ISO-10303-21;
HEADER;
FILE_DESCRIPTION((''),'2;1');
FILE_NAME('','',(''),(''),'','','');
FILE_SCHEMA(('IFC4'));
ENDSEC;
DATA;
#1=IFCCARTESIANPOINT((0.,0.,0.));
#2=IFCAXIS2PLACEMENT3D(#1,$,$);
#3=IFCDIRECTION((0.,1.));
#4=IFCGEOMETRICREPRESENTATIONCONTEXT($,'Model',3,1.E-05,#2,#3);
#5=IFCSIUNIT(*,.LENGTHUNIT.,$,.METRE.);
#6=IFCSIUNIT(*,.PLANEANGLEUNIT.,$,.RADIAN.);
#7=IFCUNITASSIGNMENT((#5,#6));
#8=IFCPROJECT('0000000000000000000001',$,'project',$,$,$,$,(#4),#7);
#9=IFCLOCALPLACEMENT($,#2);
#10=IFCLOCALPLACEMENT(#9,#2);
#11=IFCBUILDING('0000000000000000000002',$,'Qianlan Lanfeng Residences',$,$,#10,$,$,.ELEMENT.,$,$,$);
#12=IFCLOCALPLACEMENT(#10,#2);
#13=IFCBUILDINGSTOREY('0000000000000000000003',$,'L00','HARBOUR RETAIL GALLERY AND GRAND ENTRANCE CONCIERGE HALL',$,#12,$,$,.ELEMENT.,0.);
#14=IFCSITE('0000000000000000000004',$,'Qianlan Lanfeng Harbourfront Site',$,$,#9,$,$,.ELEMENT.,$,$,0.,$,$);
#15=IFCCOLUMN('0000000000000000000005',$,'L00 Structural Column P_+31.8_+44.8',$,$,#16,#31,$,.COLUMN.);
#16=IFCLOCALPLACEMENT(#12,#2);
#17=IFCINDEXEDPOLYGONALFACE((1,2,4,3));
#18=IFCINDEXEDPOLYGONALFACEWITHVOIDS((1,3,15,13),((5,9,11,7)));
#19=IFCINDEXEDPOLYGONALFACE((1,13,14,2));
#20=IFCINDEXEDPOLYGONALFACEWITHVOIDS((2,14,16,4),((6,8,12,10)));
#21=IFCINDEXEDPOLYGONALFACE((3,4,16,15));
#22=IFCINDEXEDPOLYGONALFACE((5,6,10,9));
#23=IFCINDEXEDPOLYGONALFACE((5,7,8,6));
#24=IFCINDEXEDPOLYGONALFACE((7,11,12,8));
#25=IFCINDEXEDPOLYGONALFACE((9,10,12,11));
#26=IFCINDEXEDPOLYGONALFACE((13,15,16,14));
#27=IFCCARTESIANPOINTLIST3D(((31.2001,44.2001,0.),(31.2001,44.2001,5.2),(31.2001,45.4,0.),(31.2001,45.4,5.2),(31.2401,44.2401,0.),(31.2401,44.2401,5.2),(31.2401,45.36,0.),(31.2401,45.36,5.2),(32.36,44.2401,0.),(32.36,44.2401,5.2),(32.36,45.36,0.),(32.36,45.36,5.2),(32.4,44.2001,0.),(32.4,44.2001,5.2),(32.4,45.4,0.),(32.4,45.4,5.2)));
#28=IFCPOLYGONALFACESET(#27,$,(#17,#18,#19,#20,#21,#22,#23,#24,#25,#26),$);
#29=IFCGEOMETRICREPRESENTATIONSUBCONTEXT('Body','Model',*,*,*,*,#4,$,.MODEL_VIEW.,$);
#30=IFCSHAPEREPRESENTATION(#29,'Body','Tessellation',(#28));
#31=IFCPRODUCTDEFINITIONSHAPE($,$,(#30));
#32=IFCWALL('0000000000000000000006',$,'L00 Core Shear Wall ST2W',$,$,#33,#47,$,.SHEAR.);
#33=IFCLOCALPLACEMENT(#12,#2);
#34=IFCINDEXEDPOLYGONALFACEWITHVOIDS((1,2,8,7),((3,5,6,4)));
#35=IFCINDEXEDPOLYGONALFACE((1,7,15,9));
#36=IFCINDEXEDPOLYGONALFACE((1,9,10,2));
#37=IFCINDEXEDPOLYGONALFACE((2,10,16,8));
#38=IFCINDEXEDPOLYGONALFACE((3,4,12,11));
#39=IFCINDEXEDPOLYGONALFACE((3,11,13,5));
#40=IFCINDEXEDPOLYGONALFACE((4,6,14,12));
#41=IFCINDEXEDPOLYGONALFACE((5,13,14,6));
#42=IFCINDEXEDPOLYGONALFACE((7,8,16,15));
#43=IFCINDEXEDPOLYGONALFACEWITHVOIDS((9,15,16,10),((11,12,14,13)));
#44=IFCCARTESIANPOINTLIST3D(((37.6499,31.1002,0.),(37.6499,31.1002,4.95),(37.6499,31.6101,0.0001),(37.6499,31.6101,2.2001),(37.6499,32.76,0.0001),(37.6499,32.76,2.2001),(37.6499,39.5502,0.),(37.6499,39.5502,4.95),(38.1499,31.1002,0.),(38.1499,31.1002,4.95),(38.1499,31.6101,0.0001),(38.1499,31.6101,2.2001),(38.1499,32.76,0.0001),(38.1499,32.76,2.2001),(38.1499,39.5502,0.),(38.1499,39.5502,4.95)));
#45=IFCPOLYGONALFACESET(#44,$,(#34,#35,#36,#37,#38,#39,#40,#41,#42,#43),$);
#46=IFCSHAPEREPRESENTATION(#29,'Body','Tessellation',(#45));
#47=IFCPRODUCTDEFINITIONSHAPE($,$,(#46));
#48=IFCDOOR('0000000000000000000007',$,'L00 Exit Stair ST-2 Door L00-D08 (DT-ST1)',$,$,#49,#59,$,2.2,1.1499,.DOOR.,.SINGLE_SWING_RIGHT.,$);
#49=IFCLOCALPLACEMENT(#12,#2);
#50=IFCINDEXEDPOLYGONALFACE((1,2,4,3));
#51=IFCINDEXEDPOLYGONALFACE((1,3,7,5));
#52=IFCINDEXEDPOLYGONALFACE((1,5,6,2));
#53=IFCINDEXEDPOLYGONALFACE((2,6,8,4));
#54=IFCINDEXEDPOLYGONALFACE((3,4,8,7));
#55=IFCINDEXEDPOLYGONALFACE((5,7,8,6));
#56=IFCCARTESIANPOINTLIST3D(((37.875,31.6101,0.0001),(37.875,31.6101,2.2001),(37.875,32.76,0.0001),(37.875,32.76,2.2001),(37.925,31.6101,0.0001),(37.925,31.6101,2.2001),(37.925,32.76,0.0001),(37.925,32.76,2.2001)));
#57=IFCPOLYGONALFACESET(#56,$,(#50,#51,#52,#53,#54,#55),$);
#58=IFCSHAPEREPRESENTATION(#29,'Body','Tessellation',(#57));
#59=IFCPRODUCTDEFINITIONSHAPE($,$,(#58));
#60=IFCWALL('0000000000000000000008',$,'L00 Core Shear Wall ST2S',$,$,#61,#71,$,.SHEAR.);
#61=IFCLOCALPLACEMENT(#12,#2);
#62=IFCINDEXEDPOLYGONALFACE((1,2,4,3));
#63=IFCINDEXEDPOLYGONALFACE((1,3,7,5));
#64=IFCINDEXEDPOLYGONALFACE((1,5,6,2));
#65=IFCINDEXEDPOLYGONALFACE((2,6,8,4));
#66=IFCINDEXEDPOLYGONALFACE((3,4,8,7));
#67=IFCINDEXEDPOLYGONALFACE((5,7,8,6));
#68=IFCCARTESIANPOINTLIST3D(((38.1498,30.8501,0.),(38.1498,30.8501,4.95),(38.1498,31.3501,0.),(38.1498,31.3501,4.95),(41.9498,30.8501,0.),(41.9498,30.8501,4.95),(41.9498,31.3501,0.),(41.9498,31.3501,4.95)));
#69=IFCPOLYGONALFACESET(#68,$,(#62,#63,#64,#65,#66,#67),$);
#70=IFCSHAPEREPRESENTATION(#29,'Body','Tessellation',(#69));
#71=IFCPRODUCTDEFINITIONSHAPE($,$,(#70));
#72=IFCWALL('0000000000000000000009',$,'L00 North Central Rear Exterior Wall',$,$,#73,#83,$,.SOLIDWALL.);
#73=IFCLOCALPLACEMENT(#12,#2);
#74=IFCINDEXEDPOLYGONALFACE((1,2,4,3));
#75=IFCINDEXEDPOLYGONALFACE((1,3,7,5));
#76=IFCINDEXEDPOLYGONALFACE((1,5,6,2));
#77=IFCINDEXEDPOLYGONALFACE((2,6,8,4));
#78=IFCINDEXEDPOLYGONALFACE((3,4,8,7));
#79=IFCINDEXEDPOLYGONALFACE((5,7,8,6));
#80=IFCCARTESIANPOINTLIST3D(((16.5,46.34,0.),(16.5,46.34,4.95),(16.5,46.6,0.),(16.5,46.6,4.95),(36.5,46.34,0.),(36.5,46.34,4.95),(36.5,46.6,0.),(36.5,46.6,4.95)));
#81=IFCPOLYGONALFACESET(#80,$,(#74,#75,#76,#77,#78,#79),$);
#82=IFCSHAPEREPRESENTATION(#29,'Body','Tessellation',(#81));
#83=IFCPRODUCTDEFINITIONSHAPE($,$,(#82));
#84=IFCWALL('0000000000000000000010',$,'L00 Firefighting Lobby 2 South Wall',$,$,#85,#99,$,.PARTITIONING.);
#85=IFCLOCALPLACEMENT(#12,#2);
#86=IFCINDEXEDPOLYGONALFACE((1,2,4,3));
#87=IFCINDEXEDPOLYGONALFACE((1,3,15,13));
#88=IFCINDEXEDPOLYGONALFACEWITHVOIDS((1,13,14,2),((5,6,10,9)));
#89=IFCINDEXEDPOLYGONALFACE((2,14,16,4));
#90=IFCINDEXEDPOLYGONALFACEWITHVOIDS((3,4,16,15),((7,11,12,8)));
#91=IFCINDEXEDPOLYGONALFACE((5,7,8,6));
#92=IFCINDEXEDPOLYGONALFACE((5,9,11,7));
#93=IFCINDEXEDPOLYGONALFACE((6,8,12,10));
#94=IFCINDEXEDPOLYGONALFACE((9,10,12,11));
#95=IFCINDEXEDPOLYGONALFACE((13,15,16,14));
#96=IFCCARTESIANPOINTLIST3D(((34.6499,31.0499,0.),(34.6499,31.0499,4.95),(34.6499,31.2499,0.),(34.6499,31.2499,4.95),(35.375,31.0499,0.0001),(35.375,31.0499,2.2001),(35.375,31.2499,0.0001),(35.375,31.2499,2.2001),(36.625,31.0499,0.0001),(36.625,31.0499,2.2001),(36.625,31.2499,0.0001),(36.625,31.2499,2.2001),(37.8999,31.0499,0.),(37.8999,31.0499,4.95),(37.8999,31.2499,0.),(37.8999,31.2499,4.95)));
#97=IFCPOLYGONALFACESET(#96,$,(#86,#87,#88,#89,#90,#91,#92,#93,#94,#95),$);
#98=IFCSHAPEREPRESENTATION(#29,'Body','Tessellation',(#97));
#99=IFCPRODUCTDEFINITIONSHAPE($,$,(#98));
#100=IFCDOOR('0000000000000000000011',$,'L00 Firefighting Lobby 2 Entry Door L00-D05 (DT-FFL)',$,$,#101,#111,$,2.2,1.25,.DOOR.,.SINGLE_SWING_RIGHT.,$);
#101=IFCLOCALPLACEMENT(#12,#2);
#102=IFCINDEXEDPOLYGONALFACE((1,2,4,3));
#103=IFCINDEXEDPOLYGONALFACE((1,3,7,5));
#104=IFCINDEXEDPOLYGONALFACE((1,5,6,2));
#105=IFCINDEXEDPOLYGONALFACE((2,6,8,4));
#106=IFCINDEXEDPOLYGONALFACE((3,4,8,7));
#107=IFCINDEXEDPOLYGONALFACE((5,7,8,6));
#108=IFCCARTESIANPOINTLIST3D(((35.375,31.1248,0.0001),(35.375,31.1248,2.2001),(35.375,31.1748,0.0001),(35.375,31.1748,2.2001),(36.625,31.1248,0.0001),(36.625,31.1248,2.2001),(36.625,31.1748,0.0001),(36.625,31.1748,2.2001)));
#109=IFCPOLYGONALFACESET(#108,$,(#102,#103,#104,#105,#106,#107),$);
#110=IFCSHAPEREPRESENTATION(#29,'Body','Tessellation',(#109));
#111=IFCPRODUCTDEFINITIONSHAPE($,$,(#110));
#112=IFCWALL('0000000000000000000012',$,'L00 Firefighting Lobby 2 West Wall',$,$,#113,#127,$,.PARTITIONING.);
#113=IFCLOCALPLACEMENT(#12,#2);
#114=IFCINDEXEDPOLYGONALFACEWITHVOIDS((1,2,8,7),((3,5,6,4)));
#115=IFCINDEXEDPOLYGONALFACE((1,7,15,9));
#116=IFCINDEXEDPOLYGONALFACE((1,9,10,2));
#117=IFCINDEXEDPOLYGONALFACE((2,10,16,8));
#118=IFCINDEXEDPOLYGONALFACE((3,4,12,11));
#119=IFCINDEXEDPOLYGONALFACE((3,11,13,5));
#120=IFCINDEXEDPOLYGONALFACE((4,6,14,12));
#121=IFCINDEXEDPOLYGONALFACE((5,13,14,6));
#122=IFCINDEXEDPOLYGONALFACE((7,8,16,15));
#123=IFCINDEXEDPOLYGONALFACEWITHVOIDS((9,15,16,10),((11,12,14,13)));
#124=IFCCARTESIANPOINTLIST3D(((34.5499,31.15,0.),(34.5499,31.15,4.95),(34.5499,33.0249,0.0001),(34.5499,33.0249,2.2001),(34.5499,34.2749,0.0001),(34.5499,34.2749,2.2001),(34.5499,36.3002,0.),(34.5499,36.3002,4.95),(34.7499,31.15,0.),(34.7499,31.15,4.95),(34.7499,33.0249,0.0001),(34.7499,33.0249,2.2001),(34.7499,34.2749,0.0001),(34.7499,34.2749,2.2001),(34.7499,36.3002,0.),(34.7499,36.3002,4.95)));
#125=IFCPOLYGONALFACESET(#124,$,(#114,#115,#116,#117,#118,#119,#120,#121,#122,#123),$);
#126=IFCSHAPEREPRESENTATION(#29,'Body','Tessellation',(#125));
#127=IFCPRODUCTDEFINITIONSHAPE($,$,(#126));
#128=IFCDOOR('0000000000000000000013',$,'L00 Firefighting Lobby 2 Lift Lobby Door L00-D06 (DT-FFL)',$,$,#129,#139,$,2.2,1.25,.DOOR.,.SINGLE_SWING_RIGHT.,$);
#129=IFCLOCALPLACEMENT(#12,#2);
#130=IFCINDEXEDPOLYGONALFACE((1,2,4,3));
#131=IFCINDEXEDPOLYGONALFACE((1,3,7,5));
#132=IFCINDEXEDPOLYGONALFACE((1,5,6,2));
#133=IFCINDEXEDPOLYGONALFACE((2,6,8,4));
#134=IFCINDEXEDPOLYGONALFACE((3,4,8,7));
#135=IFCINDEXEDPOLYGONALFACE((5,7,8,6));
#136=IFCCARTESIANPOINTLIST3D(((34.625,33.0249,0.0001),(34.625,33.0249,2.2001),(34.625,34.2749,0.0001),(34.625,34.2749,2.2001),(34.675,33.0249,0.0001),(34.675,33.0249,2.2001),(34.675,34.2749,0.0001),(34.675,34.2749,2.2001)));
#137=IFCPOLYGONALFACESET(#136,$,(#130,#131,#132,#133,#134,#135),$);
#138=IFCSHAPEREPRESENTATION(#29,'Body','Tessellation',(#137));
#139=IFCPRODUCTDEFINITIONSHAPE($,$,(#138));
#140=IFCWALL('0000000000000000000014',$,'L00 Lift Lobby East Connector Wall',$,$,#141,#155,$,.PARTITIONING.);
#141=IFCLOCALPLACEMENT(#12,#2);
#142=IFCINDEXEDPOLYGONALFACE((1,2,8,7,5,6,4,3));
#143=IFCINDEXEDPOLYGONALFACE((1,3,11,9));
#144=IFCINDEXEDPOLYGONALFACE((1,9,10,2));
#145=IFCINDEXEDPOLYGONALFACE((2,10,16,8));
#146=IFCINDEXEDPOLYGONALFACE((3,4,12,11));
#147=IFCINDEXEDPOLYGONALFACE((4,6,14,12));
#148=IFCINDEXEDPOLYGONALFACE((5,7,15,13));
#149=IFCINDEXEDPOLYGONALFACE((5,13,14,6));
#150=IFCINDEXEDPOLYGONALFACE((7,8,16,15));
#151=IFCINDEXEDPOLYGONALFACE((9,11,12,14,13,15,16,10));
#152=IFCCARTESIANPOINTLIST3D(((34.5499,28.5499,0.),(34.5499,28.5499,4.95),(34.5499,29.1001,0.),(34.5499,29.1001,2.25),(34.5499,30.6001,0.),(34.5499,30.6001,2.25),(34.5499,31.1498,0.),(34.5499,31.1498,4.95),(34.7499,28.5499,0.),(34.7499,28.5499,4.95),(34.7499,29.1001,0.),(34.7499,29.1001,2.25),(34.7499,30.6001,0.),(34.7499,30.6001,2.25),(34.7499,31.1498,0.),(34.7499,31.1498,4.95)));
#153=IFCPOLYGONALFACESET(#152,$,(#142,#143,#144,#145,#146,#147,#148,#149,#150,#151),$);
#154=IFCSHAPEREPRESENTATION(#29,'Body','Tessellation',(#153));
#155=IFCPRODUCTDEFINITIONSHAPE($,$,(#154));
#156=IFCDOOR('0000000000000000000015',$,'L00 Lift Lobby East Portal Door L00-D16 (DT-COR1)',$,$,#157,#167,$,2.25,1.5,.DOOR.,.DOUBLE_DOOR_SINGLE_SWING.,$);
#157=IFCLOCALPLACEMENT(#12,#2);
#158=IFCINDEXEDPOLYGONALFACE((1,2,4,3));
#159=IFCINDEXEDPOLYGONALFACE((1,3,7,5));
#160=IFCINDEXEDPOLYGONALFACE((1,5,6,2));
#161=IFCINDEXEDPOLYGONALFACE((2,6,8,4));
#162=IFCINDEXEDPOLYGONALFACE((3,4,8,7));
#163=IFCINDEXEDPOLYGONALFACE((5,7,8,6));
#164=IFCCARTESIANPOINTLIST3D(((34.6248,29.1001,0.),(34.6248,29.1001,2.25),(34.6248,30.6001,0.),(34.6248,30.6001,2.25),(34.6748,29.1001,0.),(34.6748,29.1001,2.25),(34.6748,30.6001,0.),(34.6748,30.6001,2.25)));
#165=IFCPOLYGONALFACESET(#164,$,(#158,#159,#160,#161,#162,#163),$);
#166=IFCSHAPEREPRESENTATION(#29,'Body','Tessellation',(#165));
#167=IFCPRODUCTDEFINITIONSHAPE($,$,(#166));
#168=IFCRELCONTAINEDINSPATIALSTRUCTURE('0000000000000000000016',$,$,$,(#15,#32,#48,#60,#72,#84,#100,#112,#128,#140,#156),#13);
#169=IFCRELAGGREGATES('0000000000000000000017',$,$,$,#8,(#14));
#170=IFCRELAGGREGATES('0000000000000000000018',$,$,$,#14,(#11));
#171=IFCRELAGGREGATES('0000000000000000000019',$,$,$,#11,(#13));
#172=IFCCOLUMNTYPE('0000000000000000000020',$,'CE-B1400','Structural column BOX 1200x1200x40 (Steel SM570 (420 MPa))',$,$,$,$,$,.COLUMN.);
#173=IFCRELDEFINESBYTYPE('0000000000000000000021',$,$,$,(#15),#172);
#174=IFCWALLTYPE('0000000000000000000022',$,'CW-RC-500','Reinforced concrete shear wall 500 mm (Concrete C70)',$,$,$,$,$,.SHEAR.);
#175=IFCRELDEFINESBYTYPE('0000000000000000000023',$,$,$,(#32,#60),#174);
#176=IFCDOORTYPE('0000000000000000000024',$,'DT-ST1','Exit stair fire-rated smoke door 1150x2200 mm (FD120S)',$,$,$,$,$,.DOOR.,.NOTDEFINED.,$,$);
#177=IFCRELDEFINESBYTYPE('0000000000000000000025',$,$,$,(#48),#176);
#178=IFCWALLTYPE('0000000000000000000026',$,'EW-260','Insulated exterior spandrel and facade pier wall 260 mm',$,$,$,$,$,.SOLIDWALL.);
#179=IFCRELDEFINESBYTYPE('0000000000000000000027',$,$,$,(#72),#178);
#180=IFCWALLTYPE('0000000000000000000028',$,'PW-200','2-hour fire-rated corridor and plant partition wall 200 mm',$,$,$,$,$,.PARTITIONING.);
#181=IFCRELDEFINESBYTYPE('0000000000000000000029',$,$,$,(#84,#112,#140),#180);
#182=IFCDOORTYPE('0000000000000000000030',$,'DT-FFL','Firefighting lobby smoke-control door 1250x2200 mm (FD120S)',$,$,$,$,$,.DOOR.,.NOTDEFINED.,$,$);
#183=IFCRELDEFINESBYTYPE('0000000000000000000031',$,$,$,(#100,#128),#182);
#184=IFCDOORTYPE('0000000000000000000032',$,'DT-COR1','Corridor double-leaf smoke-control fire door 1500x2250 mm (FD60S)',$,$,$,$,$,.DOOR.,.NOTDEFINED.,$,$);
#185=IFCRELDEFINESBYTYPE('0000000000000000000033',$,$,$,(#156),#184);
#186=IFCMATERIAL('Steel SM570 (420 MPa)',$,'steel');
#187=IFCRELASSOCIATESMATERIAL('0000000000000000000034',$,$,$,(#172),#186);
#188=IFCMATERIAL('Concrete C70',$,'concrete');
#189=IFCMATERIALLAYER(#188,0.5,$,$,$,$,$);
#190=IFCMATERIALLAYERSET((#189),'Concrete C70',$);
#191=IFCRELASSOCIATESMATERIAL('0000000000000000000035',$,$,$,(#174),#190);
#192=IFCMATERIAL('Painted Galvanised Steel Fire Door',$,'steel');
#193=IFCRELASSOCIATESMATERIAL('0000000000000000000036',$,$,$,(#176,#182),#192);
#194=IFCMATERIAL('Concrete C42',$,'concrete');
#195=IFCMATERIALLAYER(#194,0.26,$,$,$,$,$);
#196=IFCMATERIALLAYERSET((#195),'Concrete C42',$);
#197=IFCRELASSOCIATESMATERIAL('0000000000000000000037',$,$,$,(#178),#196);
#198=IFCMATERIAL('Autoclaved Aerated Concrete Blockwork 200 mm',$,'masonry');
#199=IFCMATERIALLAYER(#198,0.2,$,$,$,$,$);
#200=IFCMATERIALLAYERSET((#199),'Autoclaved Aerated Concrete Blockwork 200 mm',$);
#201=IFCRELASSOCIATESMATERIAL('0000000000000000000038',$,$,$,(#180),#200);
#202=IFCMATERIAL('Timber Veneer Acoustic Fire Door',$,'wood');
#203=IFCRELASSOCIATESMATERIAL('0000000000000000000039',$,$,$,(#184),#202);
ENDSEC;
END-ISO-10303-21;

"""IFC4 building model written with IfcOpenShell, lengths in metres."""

from ifc_helpers import new_model, si_unit, direction, frame, frame_2d, origin, origin_2d, place, context, subcontext, project, spatial, rectangle, hollow_rectangle, extrude, material, layer, layer_set, material_profile, profile_set, type_object, element, fill, save


model = new_model("IFC4")

# Units and contexts
model_context = context("Model", 3, precision=1e-05, world=origin(), true_north=direction((0.0, 1.0)))
body_context = subcontext(model_context, "Body", "Model", "MODEL_VIEW")
ifc_project = project(units=[si_unit("LENGTHUNIT", "METRE"), si_unit("PLANEANGLEUNIT", "RADIAN")], contexts=[model_context])

# Site, building, storey
site_placement = place(None, origin())
site = spatial("IfcSite", under=ifc_project, at=site_placement, Name="Qianlan Lanfeng Harbourfront Site", CompositionType="ELEMENT", RefElevation=0.0)
building_placement = place(site_placement, origin())
building = spatial("IfcBuilding", under=site, at=building_placement, Name="Qianlan Lanfeng Residences", CompositionType="ELEMENT")
storey_placement = place(building_placement, origin())
storey = spatial("IfcBuildingStorey", under=building, at=storey_placement, Name="L00", Description="HARBOUR RETAIL GALLERY AND GRAND ENTRANCE CONCIERGE HALL", CompositionType="ELEMENT", Elevation=0.0)

# Column
ifc_material_1 = material(Name="Steel SM570 (420 MPa)", Category="steel")
ifc_material_profile = material_profile(ifc_material_1, hollow_rectangle(XDim=1.2, YDim=1.2, WallThickness=0.04, at=origin_2d()), Name="BOX 1200x1200x40")
ifc_profile_set = profile_set([ifc_material_profile], Name="Steel SM570 (420 MPa)")
column_type = type_object("IfcColumnType", Name="CE-B1400", Description="Structural column BOX 1200x1200x40 (Steel SM570 (420 MPa))", PredefinedType="COLUMN", material=ifc_profile_set)
column_placement = place(storey_placement, frame((31.8, 44.8, 0.0), z_axis=(0.0, 0.0, 1.0), x_axis=(1.0, 0.0, 0.0)))
element("IfcColumn", 1, at=column_placement, inside=storey, type_object=column_type, Name="L00 Structural Column P_+31.8_+44.8", PredefinedType="COLUMN", context=body_context, shape_type="SweptSolid", body=[
    extrude(hollow_rectangle(XDim=1.2, YDim=1.2, WallThickness=0.04, at=origin_2d()), origin(), (0.0, 0.0, 1.0), 5.2),
])

# Wall, opening, door
ifc_material_2 = material(Name="Concrete C70", Category="concrete")
ifc_layer_1 = layer(ifc_material_2, 0.5)
ifc_layer_set_1 = layer_set([ifc_layer_1], Name="Concrete C70")
wall_type_1 = type_object("IfcWallType", Name="CW-RC-500", Description="Reinforced concrete shear wall 500 mm (Concrete C70)", PredefinedType="SHEAR", material=ifc_layer_set_1)
wall_1_placement = place(storey_placement, frame((37.8999, 31.1001, 0.0), z_axis=(0.0, 0.0, 1.0), x_axis=(0.0, 1.0, 0.0)))
wall_1 = element("IfcWall", 2, at=wall_1_placement, inside=storey, type_object=wall_type_1, Name="L00 Core Shear Wall ST2W", PredefinedType="SHEAR", context=body_context, shape_type="SweptSolid", body=[
    extrude(rectangle(XDim=8.45, YDim=0.5, at=frame_2d((4.2251, 0.0))), origin(), (0.0, 0.0, 1.0), 4.95),
])
opening_1_placement = place(wall_1_placement, frame((0.51, 0.0, 0.0)))
opening_1 = element("IfcOpeningElement", 3, at=opening_1_placement, cuts=wall_1, PredefinedType="OPENING", context=body_context, shape_type="SweptSolid", body=[
    extrude(rectangle(XDim=1.1499, YDim=2.2, at=frame_2d((0.575, 1.1001))), frame((0.0, 0.26, 0.0), z_axis=(0.0, -1.0, 0.0), x_axis=(1.0, 0.0, 0.0)), (0.0, 0.0, 1.0), 0.52),
])
ifc_material_3 = material(Name="Painted Galvanised Steel Fire Door", Category="steel")
door_type_1 = type_object("IfcDoorType", Name="DT-ST1", Description="Exit stair fire-rated smoke door 1150x2200 mm (FD120S)", OperationType="NOTDEFINED", PredefinedType="DOOR", material=ifc_material_3)
door_1_placement = place(opening_1_placement, origin())
door_1 = element("IfcDoor", 4, at=door_1_placement, inside=storey, type_object=door_type_1, Name="L00 Exit Stair ST-2 Door L00-D08 (DT-ST1)", OperationType="SINGLE_SWING_RIGHT", OverallHeight=2.2, OverallWidth=1.1499, PredefinedType="DOOR", context=body_context, shape_type="SweptSolid", body=[
    extrude(rectangle(XDim=1.1499, YDim=2.2, at=frame_2d((0.575, 1.1001))), frame((0.0, 0.0249, 0.0), z_axis=(0.0, -1.0, 0.0), x_axis=(1.0, 0.0, 0.0)), (0.0, 0.0, 1.0), 0.05),
])
fill(opening_1, door_1)

# Walls
wall_2_placement = place(storey_placement, frame((38.1499, 31.1001, 0.0), z_axis=(0.0, 0.0, 1.0), x_axis=(1.0, 0.0, 0.0)))
element("IfcWall", 5, at=wall_2_placement, inside=storey, type_object=wall_type_1, Name="L00 Core Shear Wall ST2S", PredefinedType="SHEAR", context=body_context, shape_type="SweptSolid", body=[
    extrude(rectangle(XDim=3.8, YDim=0.5, at=frame_2d((1.8999, 0.0))), origin(), (0.0, 0.0, 1.0), 4.95),
])
ifc_material_4 = material(Name="Concrete C42", Category="concrete")
ifc_layer_2 = layer(ifc_material_4, 0.26)
ifc_layer_set_2 = layer_set([ifc_layer_2], Name="Concrete C42")
wall_type_2 = type_object("IfcWallType", Name="EW-260", Description="Insulated exterior spandrel and facade pier wall 260 mm", PredefinedType="SOLIDWALL", material=ifc_layer_set_2)
wall_3_placement = place(storey_placement, frame((36.5, 46.47, 0.0), z_axis=(0.0, 0.0, 1.0), x_axis=(-1.0, 0.0, 0.0)))
element("IfcWall", 6, at=wall_3_placement, inside=storey, type_object=wall_type_2, Name="L00 North Central Rear Exterior Wall", PredefinedType="SOLIDWALL", context=body_context, shape_type="SweptSolid", body=[
    extrude(rectangle(XDim=20.0, YDim=0.26, at=frame_2d((10.0, 0.0))), origin(), (0.0, 0.0, 1.0), 4.95),
])

# Walls, openings, doors
ifc_material_5 = material(Name="Autoclaved Aerated Concrete Blockwork 200 mm", Category="masonry")
ifc_layer_3 = layer(ifc_material_5, 0.2)
ifc_layer_set_3 = layer_set([ifc_layer_3], Name="Autoclaved Aerated Concrete Blockwork 200 mm")
wall_type_3 = type_object("IfcWallType", Name="PW-200", Description="2-hour fire-rated corridor and plant partition wall 200 mm", PredefinedType="PARTITIONING", material=ifc_layer_set_3)
wall_4_placement = place(storey_placement, frame((34.6499, 31.1499, 0.0), z_axis=(0.0, 0.0, 1.0), x_axis=(1.0, 0.0, 0.0)))
wall_4 = element("IfcWall", 7, at=wall_4_placement, inside=storey, type_object=wall_type_3, Name="L00 Firefighting Lobby 2 South Wall", PredefinedType="PARTITIONING", context=body_context, shape_type="SweptSolid", body=[
    extrude(rectangle(XDim=3.25, YDim=0.2, at=frame_2d((1.625, 0.0))), origin(), (0.0, 0.0, 1.0), 4.95),
])
opening_2_placement = place(wall_4_placement, frame((0.7251, 0.0, 0.0)))
opening_2 = element("IfcOpeningElement", 8, at=opening_2_placement, cuts=wall_4, PredefinedType="OPENING", context=body_context, shape_type="SweptSolid", body=[
    extrude(rectangle(XDim=1.25, YDim=2.2, at=frame_2d((0.625, 1.1001))), frame((0.0, 0.1099, 0.0), z_axis=(0.0, -1.0, 0.0), x_axis=(1.0, 0.0, 0.0)), (0.0, 0.0, 1.0), 0.22),
])
door_type_2 = type_object("IfcDoorType", Name="DT-FFL", Description="Firefighting lobby smoke-control door 1250x2200 mm (FD120S)", OperationType="NOTDEFINED", PredefinedType="DOOR", material=ifc_material_3)
door_2_placement = place(opening_2_placement, origin())
door_2 = element("IfcDoor", 9, at=door_2_placement, inside=storey, type_object=door_type_2, Name="L00 Firefighting Lobby 2 Entry Door L00-D05 (DT-FFL)", OperationType="SINGLE_SWING_RIGHT", OverallHeight=2.2, OverallWidth=1.25, PredefinedType="DOOR", context=body_context, shape_type="SweptSolid", body=[
    extrude(rectangle(XDim=1.25, YDim=2.2, at=frame_2d((0.625, 1.1001))), frame((0.0, 0.0249, 0.0), z_axis=(0.0, -1.0, 0.0), x_axis=(1.0, 0.0, 0.0)), (0.0, 0.0, 1.0), 0.05),
])
fill(opening_2, door_2)
wall_5_placement = place(storey_placement, frame((34.6499, 31.1499, 0.0), z_axis=(0.0, 0.0, 1.0), x_axis=(0.0, 1.0, 0.0)))
wall_5 = element("IfcWall", 10, at=wall_5_placement, inside=storey, type_object=wall_type_3, Name="L00 Firefighting Lobby 2 West Wall", PredefinedType="PARTITIONING", context=body_context, shape_type="SweptSolid", body=[
    extrude(rectangle(XDim=5.1501, YDim=0.2, at=frame_2d((2.5752, 0.0))), origin(), (0.0, 0.0, 1.0), 4.95),
])
opening_3_placement = place(wall_5_placement, frame((1.875, 0.0, 0.0)))
opening_3 = element("IfcOpeningElement", 11, at=opening_3_placement, cuts=wall_5, PredefinedType="OPENING", context=body_context, shape_type="SweptSolid", body=[
    extrude(rectangle(XDim=1.25, YDim=2.2, at=frame_2d((0.625, 1.1001))), frame((0.0, 0.1099, 0.0), z_axis=(0.0, -1.0, 0.0), x_axis=(1.0, 0.0, 0.0)), (0.0, 0.0, 1.0), 0.22),
])
door_3_placement = place(opening_3_placement, origin())
door_3 = element("IfcDoor", 12, at=door_3_placement, inside=storey, type_object=door_type_2, Name="L00 Firefighting Lobby 2 Lift Lobby Door L00-D06 (DT-FFL)", OperationType="SINGLE_SWING_RIGHT", OverallHeight=2.2, OverallWidth=1.25, PredefinedType="DOOR", context=body_context, shape_type="SweptSolid", body=[
    extrude(rectangle(XDim=1.25, YDim=2.2, at=frame_2d((0.625, 1.1001))), frame((0.0, 0.0249, 0.0), z_axis=(0.0, -1.0, 0.0), x_axis=(1.0, 0.0, 0.0)), (0.0, 0.0, 1.0), 0.05),
])
fill(opening_3, door_3)
wall_6_placement = place(storey_placement, frame((34.6499, 28.55, 0.0), z_axis=(0.0, 0.0, 1.0), x_axis=(0.0, 1.0, 0.0)))
wall_6 = element("IfcWall", 13, at=wall_6_placement, inside=storey, type_object=wall_type_3, Name="L00 Lift Lobby East Connector Wall", PredefinedType="PARTITIONING", context=body_context, shape_type="SweptSolid", body=[
    extrude(rectangle(XDim=2.5999, YDim=0.2, at=frame_2d((1.2998, 0.0))), origin(), (0.0, 0.0, 1.0), 4.95),
])
opening_4_placement = place(wall_6_placement, frame((0.55, 0.0, 0.0)))
opening_4 = element("IfcOpeningElement", 14, at=opening_4_placement, cuts=wall_6, PredefinedType="OPENING", context=body_context, shape_type="SweptSolid", body=[
    extrude(rectangle(XDim=1.5, YDim=2.25, at=frame_2d((0.75, 1.125))), frame((0.0, 0.1099, 0.0), z_axis=(0.0, -1.0, 0.0), x_axis=(1.0, 0.0, 0.0)), (0.0, 0.0, 1.0), 0.22),
])
ifc_material_6 = material(Name="Timber Veneer Acoustic Fire Door", Category="wood")
door_type_3 = type_object("IfcDoorType", Name="DT-COR1", Description="Corridor double-leaf smoke-control fire door 1500x2250 mm (FD60S)", OperationType="NOTDEFINED", PredefinedType="DOOR", material=ifc_material_6)
door_4_placement = place(opening_4_placement, frame((1.5, 0.0, 0.0), z_axis=(0.0, 0.0, 1.0), x_axis=(-1.0, 0.0, 0.0)))
door_4 = element("IfcDoor", 15, at=door_4_placement, inside=storey, type_object=door_type_3, Name="L00 Lift Lobby East Portal Door L00-D16 (DT-COR1)", OperationType="DOUBLE_DOOR_SINGLE_SWING", OverallHeight=2.25, OverallWidth=1.5, PredefinedType="DOOR", context=body_context, shape_type="SweptSolid", body=[
    extrude(rectangle(XDim=1.5, YDim=2.25, at=frame_2d((0.75, 1.125))), frame((0.0, 0.0249, 0.0), z_axis=(0.0, -1.0, 0.0), x_axis=(1.0, 0.0, 0.0)), (0.0, 0.0, 1.0), 0.05),
])
fill(opening_4, door_4)

save(model, "model.ifc")
